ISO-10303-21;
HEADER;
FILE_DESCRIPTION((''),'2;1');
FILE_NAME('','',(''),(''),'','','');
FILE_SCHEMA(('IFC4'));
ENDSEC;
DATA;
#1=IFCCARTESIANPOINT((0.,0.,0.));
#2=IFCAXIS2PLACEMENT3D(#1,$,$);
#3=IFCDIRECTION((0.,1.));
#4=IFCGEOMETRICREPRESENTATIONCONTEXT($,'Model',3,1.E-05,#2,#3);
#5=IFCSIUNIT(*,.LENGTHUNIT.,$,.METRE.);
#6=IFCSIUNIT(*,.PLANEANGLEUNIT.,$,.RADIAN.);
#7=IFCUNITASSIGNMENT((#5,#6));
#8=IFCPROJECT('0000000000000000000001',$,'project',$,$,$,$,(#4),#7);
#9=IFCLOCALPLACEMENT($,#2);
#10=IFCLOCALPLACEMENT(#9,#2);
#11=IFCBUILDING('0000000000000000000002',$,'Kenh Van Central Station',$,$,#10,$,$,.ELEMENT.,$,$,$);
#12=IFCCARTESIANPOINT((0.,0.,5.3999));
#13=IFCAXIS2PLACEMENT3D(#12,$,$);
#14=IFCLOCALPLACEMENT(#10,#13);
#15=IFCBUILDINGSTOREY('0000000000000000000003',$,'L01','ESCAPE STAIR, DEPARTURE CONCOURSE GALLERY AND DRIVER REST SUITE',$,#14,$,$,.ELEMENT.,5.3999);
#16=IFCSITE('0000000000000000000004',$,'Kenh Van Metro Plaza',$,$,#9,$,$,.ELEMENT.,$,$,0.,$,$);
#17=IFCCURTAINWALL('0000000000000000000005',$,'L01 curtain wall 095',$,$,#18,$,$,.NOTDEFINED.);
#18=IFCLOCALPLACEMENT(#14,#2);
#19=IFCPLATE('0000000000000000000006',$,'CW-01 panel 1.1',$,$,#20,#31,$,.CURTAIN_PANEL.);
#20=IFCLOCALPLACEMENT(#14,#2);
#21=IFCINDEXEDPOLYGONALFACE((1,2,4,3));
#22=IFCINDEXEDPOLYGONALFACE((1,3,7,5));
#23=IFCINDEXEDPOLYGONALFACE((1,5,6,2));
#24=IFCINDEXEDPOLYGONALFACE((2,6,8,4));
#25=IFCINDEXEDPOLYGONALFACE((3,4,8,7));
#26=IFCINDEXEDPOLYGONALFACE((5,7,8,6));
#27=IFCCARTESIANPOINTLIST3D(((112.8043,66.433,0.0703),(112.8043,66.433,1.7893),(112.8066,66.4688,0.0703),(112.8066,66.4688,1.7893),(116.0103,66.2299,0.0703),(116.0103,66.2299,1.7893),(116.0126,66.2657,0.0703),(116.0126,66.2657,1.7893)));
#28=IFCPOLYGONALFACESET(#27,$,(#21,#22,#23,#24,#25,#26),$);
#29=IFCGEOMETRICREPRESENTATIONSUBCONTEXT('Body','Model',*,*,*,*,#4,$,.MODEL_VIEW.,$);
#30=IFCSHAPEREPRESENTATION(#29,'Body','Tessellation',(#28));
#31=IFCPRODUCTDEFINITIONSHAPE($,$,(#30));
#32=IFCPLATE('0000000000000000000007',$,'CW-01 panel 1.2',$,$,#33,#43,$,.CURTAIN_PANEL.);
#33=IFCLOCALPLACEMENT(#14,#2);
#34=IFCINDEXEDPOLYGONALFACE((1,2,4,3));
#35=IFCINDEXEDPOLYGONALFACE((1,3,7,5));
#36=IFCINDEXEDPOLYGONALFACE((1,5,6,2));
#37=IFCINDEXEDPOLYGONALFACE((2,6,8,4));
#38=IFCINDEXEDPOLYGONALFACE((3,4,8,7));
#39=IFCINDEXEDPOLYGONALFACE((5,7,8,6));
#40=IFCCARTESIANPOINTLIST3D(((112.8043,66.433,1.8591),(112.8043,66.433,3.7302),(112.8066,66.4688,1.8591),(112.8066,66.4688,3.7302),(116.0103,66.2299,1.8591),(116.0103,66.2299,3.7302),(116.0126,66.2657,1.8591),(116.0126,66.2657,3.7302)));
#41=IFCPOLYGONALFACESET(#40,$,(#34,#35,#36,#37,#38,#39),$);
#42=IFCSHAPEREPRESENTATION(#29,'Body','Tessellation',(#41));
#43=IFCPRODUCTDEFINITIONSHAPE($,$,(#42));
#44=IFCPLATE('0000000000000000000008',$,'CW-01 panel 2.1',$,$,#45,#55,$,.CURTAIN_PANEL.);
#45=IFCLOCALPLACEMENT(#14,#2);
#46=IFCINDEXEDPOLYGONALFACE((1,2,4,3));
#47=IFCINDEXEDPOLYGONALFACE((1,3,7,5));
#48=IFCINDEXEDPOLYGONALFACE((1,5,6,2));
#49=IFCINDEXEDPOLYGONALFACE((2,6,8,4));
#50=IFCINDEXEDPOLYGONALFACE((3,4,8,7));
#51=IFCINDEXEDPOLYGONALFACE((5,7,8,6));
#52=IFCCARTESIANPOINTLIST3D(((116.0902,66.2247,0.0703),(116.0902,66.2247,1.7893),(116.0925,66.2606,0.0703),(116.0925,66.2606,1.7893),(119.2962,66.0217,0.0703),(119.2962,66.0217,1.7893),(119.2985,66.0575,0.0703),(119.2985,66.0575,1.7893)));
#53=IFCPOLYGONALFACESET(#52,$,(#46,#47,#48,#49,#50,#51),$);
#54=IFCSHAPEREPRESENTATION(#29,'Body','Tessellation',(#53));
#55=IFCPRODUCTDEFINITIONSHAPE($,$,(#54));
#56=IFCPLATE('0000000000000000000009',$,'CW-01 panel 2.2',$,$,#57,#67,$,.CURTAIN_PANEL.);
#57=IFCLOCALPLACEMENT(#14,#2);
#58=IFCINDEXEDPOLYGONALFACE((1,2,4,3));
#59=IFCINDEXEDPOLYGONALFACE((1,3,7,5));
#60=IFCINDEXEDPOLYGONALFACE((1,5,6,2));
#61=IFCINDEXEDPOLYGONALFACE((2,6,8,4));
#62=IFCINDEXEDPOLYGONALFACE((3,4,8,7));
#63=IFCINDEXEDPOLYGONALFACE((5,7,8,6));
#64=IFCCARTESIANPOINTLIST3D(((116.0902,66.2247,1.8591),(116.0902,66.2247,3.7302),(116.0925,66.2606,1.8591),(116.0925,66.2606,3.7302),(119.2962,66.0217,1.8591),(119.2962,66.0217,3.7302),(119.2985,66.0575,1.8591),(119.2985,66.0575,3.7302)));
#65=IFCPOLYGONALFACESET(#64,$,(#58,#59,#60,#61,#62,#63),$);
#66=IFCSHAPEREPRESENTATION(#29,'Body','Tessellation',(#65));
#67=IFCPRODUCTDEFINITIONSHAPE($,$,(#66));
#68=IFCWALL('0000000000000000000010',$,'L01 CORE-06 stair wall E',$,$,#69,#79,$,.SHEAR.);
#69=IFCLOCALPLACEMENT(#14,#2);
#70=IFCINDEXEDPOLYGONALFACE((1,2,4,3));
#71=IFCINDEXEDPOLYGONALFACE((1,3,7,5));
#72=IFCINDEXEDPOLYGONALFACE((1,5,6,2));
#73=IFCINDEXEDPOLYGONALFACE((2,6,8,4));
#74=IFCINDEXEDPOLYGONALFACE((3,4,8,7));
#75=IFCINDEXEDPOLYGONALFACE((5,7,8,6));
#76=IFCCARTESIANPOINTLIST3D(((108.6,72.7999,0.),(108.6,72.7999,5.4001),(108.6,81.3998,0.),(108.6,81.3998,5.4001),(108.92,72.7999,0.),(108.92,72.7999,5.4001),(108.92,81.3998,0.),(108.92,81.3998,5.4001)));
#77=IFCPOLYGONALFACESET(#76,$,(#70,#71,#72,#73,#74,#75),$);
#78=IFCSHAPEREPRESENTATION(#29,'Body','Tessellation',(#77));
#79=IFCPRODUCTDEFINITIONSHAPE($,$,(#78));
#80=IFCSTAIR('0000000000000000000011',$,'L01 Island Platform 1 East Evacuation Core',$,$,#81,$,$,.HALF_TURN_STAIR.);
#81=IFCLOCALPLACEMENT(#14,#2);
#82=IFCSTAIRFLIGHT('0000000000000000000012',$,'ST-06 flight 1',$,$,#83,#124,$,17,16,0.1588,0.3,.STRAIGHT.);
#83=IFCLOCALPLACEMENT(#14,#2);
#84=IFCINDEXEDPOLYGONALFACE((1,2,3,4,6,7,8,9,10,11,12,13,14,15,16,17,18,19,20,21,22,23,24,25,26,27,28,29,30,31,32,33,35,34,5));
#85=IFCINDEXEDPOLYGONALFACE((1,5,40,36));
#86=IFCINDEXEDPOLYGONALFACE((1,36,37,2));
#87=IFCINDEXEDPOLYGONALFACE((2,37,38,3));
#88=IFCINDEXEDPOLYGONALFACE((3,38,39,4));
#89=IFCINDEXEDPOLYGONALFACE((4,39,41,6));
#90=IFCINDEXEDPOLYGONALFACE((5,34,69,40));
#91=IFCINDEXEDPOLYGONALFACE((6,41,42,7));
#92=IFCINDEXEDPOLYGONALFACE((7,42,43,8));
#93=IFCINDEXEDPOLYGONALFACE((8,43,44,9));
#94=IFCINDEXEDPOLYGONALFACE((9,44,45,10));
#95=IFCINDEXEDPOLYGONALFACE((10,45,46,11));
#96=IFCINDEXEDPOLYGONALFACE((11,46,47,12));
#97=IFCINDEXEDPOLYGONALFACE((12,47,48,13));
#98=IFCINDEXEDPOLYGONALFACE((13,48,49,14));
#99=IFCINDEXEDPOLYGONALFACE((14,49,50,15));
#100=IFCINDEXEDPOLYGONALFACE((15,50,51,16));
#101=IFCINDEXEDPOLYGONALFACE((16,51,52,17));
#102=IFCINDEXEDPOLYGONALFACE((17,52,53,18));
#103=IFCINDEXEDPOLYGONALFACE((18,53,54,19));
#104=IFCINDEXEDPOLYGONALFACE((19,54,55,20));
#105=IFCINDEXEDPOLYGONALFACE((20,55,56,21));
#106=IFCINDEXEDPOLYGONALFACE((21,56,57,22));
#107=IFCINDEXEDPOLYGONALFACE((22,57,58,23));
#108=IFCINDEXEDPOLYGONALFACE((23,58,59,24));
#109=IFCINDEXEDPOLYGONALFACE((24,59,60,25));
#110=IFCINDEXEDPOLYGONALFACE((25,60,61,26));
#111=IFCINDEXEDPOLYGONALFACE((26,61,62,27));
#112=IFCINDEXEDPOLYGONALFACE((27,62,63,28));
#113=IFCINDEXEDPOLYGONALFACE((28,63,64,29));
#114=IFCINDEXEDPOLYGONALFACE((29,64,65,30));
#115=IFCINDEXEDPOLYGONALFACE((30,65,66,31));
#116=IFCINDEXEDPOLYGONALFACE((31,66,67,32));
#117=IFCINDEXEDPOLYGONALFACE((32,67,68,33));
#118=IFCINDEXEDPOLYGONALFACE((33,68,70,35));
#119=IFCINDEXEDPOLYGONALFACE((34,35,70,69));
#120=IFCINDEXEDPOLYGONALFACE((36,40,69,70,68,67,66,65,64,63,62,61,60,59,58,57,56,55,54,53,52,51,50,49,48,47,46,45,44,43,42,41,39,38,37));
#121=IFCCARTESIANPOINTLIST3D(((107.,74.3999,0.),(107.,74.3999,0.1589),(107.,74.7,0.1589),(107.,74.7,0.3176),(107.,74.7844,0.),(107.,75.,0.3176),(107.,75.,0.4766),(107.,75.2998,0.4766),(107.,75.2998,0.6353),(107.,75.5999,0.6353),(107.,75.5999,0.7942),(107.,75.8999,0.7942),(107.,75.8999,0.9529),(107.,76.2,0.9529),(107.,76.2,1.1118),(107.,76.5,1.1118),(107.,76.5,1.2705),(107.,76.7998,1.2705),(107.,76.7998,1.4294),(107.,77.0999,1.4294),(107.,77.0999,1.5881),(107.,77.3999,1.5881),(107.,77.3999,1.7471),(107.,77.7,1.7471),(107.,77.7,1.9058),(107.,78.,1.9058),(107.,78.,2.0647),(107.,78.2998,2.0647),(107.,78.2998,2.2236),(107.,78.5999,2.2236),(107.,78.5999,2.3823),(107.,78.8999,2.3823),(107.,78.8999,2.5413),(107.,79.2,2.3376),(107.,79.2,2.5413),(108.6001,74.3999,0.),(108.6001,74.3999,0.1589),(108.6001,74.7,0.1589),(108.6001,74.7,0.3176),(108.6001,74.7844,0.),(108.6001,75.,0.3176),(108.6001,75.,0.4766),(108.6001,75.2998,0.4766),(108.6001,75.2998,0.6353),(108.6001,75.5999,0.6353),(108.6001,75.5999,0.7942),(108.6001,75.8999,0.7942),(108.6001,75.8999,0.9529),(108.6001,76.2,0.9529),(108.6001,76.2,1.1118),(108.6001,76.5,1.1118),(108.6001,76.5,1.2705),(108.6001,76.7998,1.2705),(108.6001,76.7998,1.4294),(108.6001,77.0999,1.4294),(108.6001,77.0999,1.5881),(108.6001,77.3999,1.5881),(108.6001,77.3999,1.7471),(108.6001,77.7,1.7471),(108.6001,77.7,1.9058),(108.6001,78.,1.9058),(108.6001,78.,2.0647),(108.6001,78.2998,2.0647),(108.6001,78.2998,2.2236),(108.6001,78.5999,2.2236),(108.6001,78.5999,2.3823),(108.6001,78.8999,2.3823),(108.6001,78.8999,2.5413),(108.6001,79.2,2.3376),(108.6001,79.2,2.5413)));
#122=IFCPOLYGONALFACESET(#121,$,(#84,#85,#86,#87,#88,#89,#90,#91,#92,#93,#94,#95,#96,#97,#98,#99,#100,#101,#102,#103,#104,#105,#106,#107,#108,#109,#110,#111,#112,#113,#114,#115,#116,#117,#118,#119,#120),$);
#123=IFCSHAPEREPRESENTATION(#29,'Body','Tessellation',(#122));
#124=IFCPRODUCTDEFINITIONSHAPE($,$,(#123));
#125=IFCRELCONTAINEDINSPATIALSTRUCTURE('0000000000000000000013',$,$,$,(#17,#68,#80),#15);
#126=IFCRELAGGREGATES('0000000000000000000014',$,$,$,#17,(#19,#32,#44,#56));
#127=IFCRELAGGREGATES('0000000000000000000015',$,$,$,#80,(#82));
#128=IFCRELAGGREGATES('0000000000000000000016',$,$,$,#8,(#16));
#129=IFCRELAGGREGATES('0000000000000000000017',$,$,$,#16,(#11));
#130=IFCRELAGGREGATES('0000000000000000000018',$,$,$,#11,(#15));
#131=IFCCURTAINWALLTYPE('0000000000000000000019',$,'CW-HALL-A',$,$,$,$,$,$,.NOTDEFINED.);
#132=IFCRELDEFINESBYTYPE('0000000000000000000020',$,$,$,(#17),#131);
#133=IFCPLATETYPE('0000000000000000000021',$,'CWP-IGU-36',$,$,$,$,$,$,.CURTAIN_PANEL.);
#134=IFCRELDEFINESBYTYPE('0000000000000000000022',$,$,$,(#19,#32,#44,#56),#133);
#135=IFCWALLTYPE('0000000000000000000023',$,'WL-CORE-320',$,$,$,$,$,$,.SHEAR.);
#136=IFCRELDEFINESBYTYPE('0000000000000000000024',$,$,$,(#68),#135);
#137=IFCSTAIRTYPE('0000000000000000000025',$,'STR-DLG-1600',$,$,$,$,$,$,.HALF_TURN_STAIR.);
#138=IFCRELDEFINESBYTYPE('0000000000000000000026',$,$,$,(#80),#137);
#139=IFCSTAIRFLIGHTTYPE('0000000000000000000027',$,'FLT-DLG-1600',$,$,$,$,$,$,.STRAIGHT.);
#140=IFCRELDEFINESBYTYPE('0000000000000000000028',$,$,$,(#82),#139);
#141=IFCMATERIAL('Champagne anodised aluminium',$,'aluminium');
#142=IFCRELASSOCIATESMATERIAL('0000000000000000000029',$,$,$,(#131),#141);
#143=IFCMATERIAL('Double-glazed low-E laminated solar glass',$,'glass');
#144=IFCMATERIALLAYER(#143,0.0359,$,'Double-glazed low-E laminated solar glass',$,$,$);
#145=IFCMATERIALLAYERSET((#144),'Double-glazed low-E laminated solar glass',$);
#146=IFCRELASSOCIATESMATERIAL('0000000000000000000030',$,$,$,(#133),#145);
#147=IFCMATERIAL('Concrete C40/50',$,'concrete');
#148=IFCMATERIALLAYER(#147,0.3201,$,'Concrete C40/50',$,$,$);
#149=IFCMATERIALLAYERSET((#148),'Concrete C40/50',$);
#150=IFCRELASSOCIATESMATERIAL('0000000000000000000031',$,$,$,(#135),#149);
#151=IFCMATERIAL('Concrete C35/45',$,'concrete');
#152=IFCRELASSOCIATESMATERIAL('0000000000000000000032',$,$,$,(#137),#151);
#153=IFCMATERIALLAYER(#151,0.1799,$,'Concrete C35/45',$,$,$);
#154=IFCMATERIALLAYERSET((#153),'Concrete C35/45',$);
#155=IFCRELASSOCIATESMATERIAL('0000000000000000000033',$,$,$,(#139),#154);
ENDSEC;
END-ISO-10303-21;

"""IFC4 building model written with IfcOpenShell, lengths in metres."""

from ifc_helpers import new_model, si_unit, direction, frame, frame_2d, origin, origin_2d, place, context, subcontext, project, spatial, polyline, rectangle, outline, extrude, material, layer, layer_set, type_object, element, aggregate, save


model = new_model("IFC4")

# Units and contexts
model_context = context("Model", 3, precision=1e-05, world=origin(), true_north=direction((0.0, 1.0)))
body_context = subcontext(model_context, "Body", "Model", "MODEL_VIEW")
ifc_project = project(units=[si_unit("LENGTHUNIT", "METRE"), si_unit("PLANEANGLEUNIT", "RADIAN")], contexts=[model_context])

# Site, building, storey
site_placement = place(None, origin())
site = spatial("IfcSite", under=ifc_project, at=site_placement, Name="Kenh Van Metro Plaza", CompositionType="ELEMENT", RefElevation=0.0)
building_placement = place(site_placement, origin())
building = spatial("IfcBuilding", under=site, at=building_placement, Name="Kenh Van Central Station", CompositionType="ELEMENT")
storey_placement = place(building_placement, frame((0.0, 0.0, 5.3999)))
storey = spatial("IfcBuildingStorey", under=building, at=storey_placement, Name="L01", Description="ESCAPE STAIR, DEPARTURE CONCOURSE GALLERY AND DRIVER REST SUITE", CompositionType="ELEMENT", Elevation=5.3999)

# Shared definitions
ifc_material_1 = material(Name="Concrete C40/50", Category="concrete")

# Shared definitions
ifc_material_2 = material(Name="Champagne anodised aluminium", Category="aluminium")

# Curtain wall
curtain_wall_type_1 = type_object("IfcCurtainWallType", Name="CW-HALL-A", PredefinedType="NOTDEFINED", material=ifc_material_2)
curtain_wall_1_placement = place(storey_placement, origin())
curtain_wall_1 = element("IfcCurtainWall", 1, at=curtain_wall_1_placement, inside=storey, type_object=curtain_wall_type_1, Name="L01 curtain wall 095", PredefinedType="NOTDEFINED")

# Plates
ifc_material_3 = material(Name="Double-glazed low-E laminated solar glass", Category="glass")
ifc_layer_1 = layer(ifc_material_3, 0.0359, Name="Double-glazed low-E laminated solar glass")
ifc_layer_set_1 = layer_set([ifc_layer_1], Name="Double-glazed low-E laminated solar glass")
plate_type = type_object("IfcPlateType", Name="CWP-IGU-36", PredefinedType="CURTAIN_PANEL", material=ifc_layer_set_1)
plate_1_placement = place(storey_placement, frame((114.4084, 66.3494, 0.0703), z_axis=(0.0, 0.0, 1.0), x_axis=(0.998, -0.063211, 0.0)))
plate_1 = element("IfcPlate", 2, at=plate_1_placement, type_object=plate_type, Name="CW-01 panel 1.1", PredefinedType="CURTAIN_PANEL", context=body_context, shape_type="SweptSolid", body=[
    extrude(rectangle(XDim=3.2124, YDim=0.0359, at=origin_2d()), origin(), (0.0, 0.0, 1.0), 1.719),
])
plate_2_placement = place(storey_placement, frame((114.4084, 66.3494, 1.8591), z_axis=(0.0, 0.0, 1.0), x_axis=(0.998, -0.063211, 0.0)))
plate_2 = element("IfcPlate", 3, at=plate_2_placement, type_object=plate_type, Name="CW-01 panel 1.2", PredefinedType="CURTAIN_PANEL", context=body_context, shape_type="SweptSolid", body=[
    extrude(rectangle(XDim=3.2124, YDim=0.0359, at=origin_2d()), origin(), (0.0, 0.0, 1.0), 1.8711),
])
plate_3_placement = place(storey_placement, frame((117.6943, 66.1411, 0.0703), z_axis=(0.0, 0.0, 1.0), x_axis=(0.998, -0.063211, 0.0)))
plate_3 = element("IfcPlate", 4, at=plate_3_placement, type_object=plate_type, Name="CW-01 panel 2.1", PredefinedType="CURTAIN_PANEL", context=body_context, shape_type="SweptSolid", body=[
    extrude(rectangle(XDim=3.2124, YDim=0.0359, at=origin_2d()), origin(), (0.0, 0.0, 1.0), 1.719),
])
plate_4_placement = place(storey_placement, frame((117.6943, 66.1411, 1.8591), z_axis=(0.0, 0.0, 1.0), x_axis=(0.998, -0.063211, 0.0)))
plate_4 = element("IfcPlate", 5, at=plate_4_placement, type_object=plate_type, Name="CW-01 panel 2.2", PredefinedType="CURTAIN_PANEL", context=body_context, shape_type="SweptSolid", body=[
    extrude(rectangle(XDim=3.2124, YDim=0.0359, at=origin_2d()), origin(), (0.0, 0.0, 1.0), 1.8711),
])
aggregate(curtain_wall_1, [plate_1, plate_2, plate_3, plate_4])

# Wall
ifc_layer_2 = layer(ifc_material_1, 0.3201, Name="Concrete C40/50")
ifc_layer_set_2 = layer_set([ifc_layer_2], Name="Concrete C40/50")
wall_type = type_object("IfcWallType", Name="WL-CORE-320", PredefinedType="SHEAR", material=ifc_layer_set_2)
wall_placement = place(storey_placement, frame((108.76, 72.8, 0.0), z_axis=(0.0, 0.0, 1.0), x_axis=(0.0, 1.0, 0.0)))
element("IfcWall", 6, at=wall_placement, inside=storey, type_object=wall_type, Name="L01 CORE-06 stair wall E", PredefinedType="SHEAR", context=body_context, shape_type="SweptSolid", body=[
    extrude(rectangle(XDim=8.5999, YDim=0.3201, at=frame_2d((4.2998, 0.0))), origin(), (0.0, 0.0, 1.0), 5.4001),
])

# Stair, stair flight
ifc_material_4 = material(Name="Concrete C35/45", Category="concrete")
stair_type = type_object("IfcStairType", Name="STR-DLG-1600", PredefinedType="HALF_TURN_STAIR", material=ifc_material_4)
stair_placement = place(storey_placement, origin())
stair = element("IfcStair", 7, at=stair_placement, inside=storey, type_object=stair_type, Name="L01 Island Platform 1 East Evacuation Core", PredefinedType="HALF_TURN_STAIR")
ifc_layer_3 = layer(ifc_material_4, 0.1799, Name="Concrete C35/45")
ifc_layer_set_3 = layer_set([ifc_layer_3], Name="Concrete C35/45")
stair_flight_type = type_object("IfcStairFlightType", Name="FLT-DLG-1600", PredefinedType="STRAIGHT", material=ifc_layer_set_3)
stair_flight_placement = place(storey_placement, frame((107.8, 74.3999, 0.0), z_axis=(0.0, 0.0, 1.0), x_axis=(0.0, 1.0, 0.0)))
stair_flight = element("IfcStairFlight", 8, at=stair_flight_placement, type_object=stair_flight_type, Name="ST-06 flight 1", NumberOfRisers=17, NumberOfTreads=16, PredefinedType="STRAIGHT", RiserHeight=0.1588, TreadLength=0.3, context=body_context, shape_type="SweptSolid", body=[
    extrude(outline(polyline([(0.0, 0.0), (0.0, 0.1589), (0.3, 0.1589), (0.3, 0.3176), (0.6001, 0.3176), (0.6001, 0.4766), (0.8999, 0.4766), (0.8999, 0.6353), (1.2, 0.6353), (1.2, 0.7942), (1.5, 0.7942), (1.5, 0.9529), (1.8, 0.9529), (1.8, 1.1118), (2.1001, 1.1118), (2.1001, 1.2705), (2.3999, 1.2705), (2.3999, 1.4294), (2.7, 1.4294), (2.7, 1.5881), (3.0, 1.5881), (3.0, 1.7471), (3.3, 1.7471), (3.3, 1.9058), (3.6001, 1.9058), (3.6001, 2.0647), (3.8999, 2.0647), (3.8999, 2.2236), (4.2, 2.2236), (4.2, 2.3823), (4.5, 2.3823), (4.5, 2.5413), (4.8, 2.5413), (4.8, 2.7), (4.8, 2.3376), (0.3845, 0.0), (0.0, 0.0)])), frame((0.0, 0.8, 0.0), z_axis=(0.0, -1.0, 0.0), x_axis=(1.0, 0.0, 0.0)), (0.0, 0.0, 1.0), 1.6001),
])
aggregate(stair, [stair_flight])

save(model, "model.ifc")
